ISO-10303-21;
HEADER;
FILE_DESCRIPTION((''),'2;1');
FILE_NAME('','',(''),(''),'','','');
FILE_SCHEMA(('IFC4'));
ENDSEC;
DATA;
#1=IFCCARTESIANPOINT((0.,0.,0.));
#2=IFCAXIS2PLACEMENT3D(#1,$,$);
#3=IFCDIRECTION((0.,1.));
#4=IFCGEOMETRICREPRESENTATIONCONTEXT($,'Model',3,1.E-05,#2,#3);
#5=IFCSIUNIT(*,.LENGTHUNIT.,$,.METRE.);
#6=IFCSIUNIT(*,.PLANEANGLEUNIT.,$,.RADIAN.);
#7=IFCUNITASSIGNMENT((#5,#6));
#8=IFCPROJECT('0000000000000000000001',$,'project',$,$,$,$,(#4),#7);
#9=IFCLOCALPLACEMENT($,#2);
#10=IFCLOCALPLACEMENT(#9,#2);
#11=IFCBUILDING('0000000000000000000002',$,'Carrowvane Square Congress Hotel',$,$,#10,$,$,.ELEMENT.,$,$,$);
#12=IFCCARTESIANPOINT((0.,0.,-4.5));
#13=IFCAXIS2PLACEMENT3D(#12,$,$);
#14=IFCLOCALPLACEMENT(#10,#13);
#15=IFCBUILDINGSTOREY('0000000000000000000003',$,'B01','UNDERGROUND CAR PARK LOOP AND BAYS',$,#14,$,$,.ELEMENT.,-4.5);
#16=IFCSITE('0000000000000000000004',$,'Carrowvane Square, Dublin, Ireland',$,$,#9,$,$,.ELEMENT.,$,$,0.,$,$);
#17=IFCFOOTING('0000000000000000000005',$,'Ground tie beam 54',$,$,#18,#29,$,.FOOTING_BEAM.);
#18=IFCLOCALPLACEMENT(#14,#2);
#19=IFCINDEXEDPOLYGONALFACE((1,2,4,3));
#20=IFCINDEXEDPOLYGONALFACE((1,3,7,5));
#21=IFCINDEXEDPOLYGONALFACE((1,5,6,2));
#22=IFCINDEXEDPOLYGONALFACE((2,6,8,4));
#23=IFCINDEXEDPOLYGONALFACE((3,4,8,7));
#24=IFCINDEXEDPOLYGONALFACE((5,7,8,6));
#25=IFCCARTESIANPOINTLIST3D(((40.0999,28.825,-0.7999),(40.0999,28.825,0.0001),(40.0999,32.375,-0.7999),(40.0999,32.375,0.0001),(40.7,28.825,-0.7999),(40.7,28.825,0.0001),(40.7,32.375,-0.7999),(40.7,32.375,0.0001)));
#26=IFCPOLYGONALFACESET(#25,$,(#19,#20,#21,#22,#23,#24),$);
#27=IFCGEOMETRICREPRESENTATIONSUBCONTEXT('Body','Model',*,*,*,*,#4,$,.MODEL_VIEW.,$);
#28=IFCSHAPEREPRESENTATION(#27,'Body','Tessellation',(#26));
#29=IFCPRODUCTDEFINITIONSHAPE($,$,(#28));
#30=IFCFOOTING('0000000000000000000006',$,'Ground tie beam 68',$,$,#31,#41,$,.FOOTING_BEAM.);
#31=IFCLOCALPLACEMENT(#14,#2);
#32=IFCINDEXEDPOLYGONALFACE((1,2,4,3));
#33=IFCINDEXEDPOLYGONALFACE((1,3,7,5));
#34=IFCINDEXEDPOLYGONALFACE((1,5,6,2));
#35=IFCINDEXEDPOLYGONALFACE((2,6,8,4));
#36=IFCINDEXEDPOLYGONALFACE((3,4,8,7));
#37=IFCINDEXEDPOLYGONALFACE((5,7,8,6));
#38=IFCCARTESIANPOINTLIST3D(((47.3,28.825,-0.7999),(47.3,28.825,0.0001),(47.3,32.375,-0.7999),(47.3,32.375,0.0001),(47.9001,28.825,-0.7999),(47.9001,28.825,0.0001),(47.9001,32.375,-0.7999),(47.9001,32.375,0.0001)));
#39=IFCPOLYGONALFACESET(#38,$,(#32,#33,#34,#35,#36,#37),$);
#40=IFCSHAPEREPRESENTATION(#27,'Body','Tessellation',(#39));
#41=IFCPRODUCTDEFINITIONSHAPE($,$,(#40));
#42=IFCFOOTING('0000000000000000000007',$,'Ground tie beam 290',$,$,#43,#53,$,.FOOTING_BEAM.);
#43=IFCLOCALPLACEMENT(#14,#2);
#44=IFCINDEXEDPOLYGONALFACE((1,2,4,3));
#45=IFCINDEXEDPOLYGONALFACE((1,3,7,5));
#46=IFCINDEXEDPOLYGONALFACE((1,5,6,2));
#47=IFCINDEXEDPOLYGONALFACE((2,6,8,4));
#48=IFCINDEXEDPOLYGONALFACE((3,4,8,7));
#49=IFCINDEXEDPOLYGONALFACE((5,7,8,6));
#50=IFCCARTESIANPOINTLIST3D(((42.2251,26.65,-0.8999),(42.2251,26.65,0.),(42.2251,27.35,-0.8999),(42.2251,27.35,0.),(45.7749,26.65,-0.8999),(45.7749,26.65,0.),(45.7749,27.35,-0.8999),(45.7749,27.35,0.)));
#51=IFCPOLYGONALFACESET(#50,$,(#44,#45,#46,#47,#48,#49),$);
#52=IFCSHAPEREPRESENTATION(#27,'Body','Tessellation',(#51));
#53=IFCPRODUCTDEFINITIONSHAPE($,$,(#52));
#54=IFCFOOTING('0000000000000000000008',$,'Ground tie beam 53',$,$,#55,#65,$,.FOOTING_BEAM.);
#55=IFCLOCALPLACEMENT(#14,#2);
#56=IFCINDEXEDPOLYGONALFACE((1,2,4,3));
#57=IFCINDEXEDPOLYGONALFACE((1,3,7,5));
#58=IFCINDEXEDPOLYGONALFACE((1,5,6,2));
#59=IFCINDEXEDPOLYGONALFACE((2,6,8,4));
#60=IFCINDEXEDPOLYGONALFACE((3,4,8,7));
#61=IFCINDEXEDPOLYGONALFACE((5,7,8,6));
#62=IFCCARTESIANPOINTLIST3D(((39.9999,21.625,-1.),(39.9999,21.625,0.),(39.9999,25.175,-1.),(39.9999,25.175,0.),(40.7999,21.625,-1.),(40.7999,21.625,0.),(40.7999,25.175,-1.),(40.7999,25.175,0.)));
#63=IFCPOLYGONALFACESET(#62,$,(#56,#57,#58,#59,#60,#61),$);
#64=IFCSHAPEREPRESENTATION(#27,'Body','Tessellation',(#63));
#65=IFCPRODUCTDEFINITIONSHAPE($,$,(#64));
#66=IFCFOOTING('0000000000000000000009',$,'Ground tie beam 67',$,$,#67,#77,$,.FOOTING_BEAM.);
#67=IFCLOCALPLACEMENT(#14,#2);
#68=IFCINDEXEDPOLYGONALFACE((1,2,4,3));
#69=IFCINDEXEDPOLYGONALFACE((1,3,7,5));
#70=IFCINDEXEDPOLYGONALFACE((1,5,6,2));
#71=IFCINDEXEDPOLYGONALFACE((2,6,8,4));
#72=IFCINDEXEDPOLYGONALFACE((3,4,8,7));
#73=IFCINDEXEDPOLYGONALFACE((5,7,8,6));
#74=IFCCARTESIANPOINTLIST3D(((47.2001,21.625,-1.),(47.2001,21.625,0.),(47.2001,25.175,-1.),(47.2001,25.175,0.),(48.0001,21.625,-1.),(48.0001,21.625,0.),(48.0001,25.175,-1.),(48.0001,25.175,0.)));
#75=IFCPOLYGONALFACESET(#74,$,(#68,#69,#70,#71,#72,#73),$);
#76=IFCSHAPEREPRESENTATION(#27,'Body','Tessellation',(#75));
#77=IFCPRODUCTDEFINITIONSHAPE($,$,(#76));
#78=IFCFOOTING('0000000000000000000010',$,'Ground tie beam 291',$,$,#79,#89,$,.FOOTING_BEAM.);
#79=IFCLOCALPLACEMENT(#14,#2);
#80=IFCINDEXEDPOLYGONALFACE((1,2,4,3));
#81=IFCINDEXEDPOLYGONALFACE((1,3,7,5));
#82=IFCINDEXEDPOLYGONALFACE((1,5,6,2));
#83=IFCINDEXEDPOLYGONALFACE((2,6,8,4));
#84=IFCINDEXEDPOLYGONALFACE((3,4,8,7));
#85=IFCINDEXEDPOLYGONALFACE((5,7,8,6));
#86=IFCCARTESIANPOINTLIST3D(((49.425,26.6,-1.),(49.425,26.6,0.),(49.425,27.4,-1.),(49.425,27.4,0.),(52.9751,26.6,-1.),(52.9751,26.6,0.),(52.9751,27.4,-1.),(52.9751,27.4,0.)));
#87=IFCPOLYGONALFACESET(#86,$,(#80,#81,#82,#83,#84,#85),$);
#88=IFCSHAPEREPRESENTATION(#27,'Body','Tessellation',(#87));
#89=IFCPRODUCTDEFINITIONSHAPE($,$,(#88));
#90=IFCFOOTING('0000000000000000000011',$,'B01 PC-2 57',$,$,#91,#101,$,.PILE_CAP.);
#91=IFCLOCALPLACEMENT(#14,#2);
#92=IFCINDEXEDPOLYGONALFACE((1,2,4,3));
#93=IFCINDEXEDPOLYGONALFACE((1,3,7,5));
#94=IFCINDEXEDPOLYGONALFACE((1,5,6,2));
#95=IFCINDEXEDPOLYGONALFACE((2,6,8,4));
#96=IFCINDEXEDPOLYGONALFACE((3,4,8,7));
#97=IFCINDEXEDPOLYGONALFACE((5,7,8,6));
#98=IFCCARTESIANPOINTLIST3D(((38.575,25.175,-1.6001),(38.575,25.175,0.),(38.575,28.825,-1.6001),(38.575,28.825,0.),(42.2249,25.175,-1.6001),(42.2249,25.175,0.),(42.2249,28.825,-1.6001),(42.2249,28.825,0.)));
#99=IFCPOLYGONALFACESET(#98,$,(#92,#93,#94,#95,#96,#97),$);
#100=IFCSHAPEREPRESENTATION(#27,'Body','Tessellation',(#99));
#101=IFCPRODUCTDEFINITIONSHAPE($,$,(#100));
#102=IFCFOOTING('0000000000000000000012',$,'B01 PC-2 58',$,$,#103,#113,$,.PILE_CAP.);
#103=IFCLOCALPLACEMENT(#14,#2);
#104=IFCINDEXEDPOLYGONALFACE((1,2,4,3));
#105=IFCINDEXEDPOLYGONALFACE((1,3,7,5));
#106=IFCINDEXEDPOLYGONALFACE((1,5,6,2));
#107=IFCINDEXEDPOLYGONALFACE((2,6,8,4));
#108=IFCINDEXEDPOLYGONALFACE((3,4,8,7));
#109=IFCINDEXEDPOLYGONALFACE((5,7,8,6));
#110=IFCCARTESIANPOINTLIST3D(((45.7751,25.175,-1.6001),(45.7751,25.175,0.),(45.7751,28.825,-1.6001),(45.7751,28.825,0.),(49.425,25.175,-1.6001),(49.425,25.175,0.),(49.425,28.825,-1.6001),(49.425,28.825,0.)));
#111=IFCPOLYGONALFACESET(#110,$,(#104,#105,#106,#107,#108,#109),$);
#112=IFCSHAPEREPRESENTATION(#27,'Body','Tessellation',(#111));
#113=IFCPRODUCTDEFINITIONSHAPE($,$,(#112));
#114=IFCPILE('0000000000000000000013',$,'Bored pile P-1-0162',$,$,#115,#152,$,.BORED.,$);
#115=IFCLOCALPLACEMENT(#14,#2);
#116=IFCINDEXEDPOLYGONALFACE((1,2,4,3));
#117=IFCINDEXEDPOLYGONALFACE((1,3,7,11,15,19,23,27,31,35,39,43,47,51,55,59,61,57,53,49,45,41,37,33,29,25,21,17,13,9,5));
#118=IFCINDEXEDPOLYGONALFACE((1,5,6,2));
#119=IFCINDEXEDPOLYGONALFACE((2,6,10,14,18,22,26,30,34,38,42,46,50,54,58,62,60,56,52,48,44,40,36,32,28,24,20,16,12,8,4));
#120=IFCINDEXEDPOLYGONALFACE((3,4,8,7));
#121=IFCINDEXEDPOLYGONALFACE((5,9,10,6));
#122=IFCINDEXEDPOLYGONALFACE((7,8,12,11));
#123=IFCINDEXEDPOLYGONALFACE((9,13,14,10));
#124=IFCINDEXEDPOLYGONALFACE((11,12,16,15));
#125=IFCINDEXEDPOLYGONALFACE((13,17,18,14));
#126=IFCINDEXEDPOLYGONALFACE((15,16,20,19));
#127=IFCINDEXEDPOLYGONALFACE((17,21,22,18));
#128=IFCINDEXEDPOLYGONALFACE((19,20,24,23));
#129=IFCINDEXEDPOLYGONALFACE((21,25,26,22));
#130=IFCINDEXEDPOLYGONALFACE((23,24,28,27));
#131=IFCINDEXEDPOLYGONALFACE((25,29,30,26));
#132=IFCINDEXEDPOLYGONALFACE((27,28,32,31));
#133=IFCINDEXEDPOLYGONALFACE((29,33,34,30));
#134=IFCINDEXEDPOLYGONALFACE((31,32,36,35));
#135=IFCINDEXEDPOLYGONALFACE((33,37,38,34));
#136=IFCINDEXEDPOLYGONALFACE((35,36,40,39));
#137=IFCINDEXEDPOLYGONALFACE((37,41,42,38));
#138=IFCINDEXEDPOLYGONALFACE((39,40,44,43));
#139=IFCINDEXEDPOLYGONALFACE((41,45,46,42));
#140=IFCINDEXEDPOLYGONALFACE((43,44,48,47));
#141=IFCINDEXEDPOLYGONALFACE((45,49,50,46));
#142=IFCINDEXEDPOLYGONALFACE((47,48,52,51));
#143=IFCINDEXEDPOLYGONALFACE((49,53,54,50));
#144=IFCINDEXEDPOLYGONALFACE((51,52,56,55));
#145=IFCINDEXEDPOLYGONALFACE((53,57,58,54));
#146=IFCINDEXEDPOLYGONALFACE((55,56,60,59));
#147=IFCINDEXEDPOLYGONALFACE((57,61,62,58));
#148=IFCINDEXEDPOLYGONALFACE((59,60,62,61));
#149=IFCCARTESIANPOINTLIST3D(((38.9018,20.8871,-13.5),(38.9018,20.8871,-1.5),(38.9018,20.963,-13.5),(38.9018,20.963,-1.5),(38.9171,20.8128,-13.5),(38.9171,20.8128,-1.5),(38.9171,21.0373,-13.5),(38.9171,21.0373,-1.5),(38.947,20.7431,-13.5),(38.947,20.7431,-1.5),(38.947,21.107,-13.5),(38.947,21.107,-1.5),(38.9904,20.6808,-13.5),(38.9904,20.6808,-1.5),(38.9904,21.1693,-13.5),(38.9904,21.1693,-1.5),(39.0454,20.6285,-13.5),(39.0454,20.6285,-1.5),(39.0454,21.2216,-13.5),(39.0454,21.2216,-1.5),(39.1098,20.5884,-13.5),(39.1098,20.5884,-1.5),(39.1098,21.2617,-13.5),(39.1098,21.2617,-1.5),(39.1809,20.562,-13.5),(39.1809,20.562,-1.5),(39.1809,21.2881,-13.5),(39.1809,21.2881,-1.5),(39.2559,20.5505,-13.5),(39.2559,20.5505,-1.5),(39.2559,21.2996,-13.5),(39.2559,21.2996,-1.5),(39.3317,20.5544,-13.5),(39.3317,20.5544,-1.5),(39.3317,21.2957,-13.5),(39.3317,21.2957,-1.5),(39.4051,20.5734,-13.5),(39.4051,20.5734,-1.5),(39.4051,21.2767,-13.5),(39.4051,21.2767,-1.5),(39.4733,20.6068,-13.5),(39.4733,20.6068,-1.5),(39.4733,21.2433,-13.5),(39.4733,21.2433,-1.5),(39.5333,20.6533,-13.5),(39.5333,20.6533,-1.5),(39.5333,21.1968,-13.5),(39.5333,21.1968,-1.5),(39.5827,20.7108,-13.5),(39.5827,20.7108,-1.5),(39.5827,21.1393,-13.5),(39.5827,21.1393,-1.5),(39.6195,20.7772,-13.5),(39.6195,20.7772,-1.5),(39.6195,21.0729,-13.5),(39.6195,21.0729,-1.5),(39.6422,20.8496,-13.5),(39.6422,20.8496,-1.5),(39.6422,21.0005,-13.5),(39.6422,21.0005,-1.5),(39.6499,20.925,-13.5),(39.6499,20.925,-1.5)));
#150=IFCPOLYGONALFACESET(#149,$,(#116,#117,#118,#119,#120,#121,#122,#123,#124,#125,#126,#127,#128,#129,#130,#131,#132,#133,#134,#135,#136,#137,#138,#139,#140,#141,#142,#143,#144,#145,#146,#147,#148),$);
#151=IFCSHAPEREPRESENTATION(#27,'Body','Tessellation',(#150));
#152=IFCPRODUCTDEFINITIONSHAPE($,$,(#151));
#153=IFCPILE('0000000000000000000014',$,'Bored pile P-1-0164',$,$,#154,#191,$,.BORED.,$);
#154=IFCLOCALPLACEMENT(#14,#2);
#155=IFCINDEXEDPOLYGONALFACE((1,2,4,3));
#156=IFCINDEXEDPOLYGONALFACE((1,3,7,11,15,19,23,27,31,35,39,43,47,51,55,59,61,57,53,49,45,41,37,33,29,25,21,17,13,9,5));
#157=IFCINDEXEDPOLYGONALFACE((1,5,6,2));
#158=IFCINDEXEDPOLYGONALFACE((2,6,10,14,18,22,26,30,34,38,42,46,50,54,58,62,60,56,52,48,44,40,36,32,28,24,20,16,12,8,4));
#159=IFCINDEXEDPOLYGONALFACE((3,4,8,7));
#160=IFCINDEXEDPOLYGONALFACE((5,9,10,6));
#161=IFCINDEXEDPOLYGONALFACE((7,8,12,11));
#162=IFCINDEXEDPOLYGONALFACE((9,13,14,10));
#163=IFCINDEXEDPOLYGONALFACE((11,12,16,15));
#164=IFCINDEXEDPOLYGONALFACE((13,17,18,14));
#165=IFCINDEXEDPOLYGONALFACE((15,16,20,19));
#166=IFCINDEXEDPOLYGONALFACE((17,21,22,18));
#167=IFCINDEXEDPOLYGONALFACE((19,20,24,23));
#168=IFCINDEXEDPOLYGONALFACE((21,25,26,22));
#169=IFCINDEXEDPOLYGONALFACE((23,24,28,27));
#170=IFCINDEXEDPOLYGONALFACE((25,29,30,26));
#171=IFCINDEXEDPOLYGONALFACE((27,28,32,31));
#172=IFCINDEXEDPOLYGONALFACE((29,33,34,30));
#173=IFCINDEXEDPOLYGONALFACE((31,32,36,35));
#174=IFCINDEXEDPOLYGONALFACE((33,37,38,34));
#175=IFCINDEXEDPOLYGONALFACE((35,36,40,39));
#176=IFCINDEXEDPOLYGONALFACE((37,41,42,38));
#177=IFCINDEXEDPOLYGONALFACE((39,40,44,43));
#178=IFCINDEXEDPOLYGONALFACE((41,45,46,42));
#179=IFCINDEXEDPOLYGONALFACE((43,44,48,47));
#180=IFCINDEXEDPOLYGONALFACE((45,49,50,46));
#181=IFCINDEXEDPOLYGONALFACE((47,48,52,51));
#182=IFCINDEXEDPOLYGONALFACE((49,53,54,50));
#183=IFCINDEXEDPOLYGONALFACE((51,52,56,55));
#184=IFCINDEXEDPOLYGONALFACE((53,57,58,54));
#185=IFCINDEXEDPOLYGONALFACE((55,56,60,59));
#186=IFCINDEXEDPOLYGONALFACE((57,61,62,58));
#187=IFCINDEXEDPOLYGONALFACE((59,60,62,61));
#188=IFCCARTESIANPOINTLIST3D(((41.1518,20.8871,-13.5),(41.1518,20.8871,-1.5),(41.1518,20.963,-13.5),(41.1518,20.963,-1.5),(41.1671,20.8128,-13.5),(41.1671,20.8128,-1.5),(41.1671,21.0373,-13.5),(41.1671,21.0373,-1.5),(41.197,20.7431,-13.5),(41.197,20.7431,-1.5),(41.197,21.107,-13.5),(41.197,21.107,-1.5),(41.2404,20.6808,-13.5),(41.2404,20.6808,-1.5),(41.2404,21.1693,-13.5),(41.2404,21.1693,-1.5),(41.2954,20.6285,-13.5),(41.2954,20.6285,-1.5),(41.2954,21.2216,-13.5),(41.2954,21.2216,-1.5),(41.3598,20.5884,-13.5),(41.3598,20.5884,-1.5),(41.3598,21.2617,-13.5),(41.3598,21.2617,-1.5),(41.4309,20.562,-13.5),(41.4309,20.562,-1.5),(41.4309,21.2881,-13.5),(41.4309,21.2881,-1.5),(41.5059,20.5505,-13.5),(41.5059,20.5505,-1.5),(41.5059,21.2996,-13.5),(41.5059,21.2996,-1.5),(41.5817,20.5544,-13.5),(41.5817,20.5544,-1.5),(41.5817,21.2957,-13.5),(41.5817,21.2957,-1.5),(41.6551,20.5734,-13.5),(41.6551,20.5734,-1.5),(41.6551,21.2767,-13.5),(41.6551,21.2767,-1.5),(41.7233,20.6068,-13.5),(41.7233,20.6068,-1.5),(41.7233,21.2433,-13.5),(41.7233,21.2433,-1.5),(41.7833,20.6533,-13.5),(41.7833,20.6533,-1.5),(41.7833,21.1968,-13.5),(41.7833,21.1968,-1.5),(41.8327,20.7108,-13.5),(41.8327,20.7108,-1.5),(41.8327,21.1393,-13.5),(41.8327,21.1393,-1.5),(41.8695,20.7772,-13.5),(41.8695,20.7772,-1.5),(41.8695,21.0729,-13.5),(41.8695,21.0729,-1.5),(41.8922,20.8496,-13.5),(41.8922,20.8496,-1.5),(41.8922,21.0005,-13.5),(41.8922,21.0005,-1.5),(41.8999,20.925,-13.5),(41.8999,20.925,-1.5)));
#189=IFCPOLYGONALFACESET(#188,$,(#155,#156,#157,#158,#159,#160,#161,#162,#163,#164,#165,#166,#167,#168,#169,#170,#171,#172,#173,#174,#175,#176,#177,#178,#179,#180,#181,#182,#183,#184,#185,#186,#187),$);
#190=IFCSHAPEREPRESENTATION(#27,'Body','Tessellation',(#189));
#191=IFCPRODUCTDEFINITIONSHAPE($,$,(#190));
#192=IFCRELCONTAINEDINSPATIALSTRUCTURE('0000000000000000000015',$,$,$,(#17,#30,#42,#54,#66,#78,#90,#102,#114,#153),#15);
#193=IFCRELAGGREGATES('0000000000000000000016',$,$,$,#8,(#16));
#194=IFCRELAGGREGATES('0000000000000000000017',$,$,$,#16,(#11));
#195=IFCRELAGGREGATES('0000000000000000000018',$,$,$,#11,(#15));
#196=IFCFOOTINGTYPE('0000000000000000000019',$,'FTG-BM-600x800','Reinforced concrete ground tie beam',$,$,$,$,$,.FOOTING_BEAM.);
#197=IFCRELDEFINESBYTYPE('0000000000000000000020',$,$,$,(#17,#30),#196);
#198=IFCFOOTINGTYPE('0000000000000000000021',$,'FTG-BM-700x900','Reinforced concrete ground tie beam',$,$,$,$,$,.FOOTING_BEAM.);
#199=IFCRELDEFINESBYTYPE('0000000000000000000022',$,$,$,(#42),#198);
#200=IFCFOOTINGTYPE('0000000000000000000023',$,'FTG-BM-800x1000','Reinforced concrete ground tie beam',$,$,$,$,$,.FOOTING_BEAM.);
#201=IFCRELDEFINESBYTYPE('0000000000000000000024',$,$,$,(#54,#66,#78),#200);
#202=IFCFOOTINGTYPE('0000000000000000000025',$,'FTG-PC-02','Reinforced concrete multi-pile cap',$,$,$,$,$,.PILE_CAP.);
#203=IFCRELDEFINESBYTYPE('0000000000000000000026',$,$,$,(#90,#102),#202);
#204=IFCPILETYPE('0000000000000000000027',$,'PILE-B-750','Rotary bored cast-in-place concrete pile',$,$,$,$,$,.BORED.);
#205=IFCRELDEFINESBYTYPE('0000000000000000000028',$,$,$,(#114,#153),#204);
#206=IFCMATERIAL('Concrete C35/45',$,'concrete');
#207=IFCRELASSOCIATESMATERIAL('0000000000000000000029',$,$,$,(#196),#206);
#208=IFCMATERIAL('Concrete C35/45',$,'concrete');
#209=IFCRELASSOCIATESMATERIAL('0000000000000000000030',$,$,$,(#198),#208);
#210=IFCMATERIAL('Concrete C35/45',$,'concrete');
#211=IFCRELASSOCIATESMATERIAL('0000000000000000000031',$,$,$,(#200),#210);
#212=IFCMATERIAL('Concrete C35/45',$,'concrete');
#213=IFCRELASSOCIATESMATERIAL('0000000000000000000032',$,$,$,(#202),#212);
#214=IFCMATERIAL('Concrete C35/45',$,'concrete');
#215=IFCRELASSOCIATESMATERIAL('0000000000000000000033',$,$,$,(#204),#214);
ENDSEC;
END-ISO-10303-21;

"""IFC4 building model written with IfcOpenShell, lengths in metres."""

from ifc_helpers import new_model, si_unit, direction, frame, origin, origin_2d, place, context, subcontext, project, spatial, rectangle, circle, extrude, material, material_profile, profile_set, type_object, element, save


model = new_model("IFC4")

# Units and contexts
model_context = context("Model", 3, precision=1e-05, world=origin(), true_north=direction((0.0, 1.0)))
body_context = subcontext(model_context, "Body", "Model", "MODEL_VIEW")
ifc_project = project(units=[si_unit("LENGTHUNIT", "METRE"), si_unit("PLANEANGLEUNIT", "RADIAN")], contexts=[model_context])

# Site, building, storey
site_placement = place(None, origin())
site = spatial("IfcSite", under=ifc_project, at=site_placement, Name="Carrowvane Square, Dublin, Ireland", CompositionType="ELEMENT", RefElevation=0.0)
building_placement = place(site_placement, origin())
building = spatial("IfcBuilding", under=site, at=building_placement, Name="Carrowvane Square Congress Hotel", CompositionType="ELEMENT")
storey_placement = place(building_placement, frame((0.0, 0.0, -4.5)))
storey = spatial("IfcBuildingStorey", under=building, at=storey_placement, Name="B01", Description="UNDERGROUND CAR PARK LOOP AND BAYS", CompositionType="ELEMENT", Elevation=-4.5)

# Footings
ifc_material_1 = material(Name="Concrete C35/45", Category="concrete")
ifc_material_profile_1 = material_profile(ifc_material_1, rectangle(XDim=0.6001, YDim=0.8, at=origin_2d()), Name="RC 600x800")
ifc_profile_set_1 = profile_set([ifc_material_profile_1], Name="Concrete C35/45")
footing_type_1 = type_object("IfcFootingType", Name="FTG-BM-600x800", Description="Reinforced concrete ground tie beam", PredefinedType="FOOTING_BEAM", material=ifc_profile_set_1)
for number, where, z_axis, x_axis, name in (
    (1, (40.3999, 28.825, -0.3999), (0.0, 1.0, 0.0), (-1.0, 0.0, 0.0), "Ground tie beam 54"),
    (2, (47.6001, 28.825, -0.3999), (0.0, 1.0, 0.0), (-1.0, 0.0, 0.0), "Ground tie beam 68"),
):
    element("IfcFooting", number, at=place(storey_placement, frame(where, z_axis=z_axis, x_axis=x_axis)), inside=storey, type_object=footing_type_1, Name=name, PredefinedType="FOOTING_BEAM", context=body_context, shape_type="SweptSolid", body=[
        extrude(rectangle(XDim=0.6001, YDim=0.8, at=origin_2d()), origin(), (0.0, 0.0, 1.0), 3.55),
    ])
ifc_material_2 = material(Name="Concrete C35/45", Category="concrete")
ifc_material_profile_2 = material_profile(ifc_material_2, rectangle(XDim=0.7, YDim=0.8999, at=origin_2d()), Name="RC 700x900")
ifc_profile_set_2 = profile_set([ifc_material_profile_2], Name="Concrete C35/45")
footing_type_2 = type_object("IfcFootingType", Name="FTG-BM-700x900", Description="Reinforced concrete ground tie beam", PredefinedType="FOOTING_BEAM", material=ifc_profile_set_2)
footing_placement = place(storey_placement, frame((42.2251, 27.0, -0.45), z_axis=(1.0, 0.0, 0.0), x_axis=(0.0, 1.0, 0.0)))
element("IfcFooting", 3, at=footing_placement, inside=storey, type_object=footing_type_2, Name="Ground tie beam 290", PredefinedType="FOOTING_BEAM", context=body_context, shape_type="SweptSolid", body=[
    extrude(rectangle(XDim=0.7, YDim=0.8999, at=origin_2d()), origin(), (0.0, 0.0, 1.0), 3.5498),
])
ifc_material_3 = material(Name="Concrete C35/45", Category="concrete")
ifc_material_profile_3 = material_profile(ifc_material_3, rectangle(XDim=0.8, YDim=1.0, at=origin_2d()), Name="RC 800x1000")
ifc_profile_set_3 = profile_set([ifc_material_profile_3], Name="Concrete C35/45")
footing_type_3 = type_object("IfcFootingType", Name="FTG-BM-800x1000", Description="Reinforced concrete ground tie beam", PredefinedType="FOOTING_BEAM", material=ifc_profile_set_3)
for number, where, z_axis, x_axis, name in (
    (4, (40.3999, 21.625, -0.5), (0.0, 1.0, 0.0), (-1.0, 0.0, 0.0), "Ground tie beam 53"),
    (5, (47.6001, 21.625, -0.5), (0.0, 1.0, 0.0), (-1.0, 0.0, 0.0), "Ground tie beam 67"),
    (6, (49.425, 27.0, -0.5), (1.0, 0.0, 0.0), (0.0, 1.0, 0.0), "Ground tie beam 291"),
):
    element("IfcFooting", number, at=place(storey_placement, frame(where, z_axis=z_axis, x_axis=x_axis)), inside=storey, type_object=footing_type_3, Name=name, PredefinedType="FOOTING_BEAM", context=body_context, shape_type="SweptSolid", body=[
        extrude(rectangle(XDim=0.8, YDim=1.0, at=origin_2d()), origin(), (0.0, 0.0, 1.0), 3.55),
    ])
ifc_material_4 = material(Name="Concrete C35/45", Category="concrete")
footing_type_4 = type_object("IfcFootingType", Name="FTG-PC-02", Description="Reinforced concrete multi-pile cap", PredefinedType="PILE_CAP", material=ifc_material_4)
for number, where, z_axis, x_axis, name in (
    (7, (40.3999, 27.0, -1.6001), (0.0, 0.0, 1.0), (1.0, 0.0, 0.0), "B01 PC-2 57"),
    (8, (47.6001, 27.0, -1.6001), (0.0, 0.0, 1.0), (1.0, 0.0, 0.0), "B01 PC-2 58"),
):
    element("IfcFooting", number, at=place(storey_placement, frame(where, z_axis=z_axis, x_axis=x_axis)), inside=storey, type_object=footing_type_4, Name=name, PredefinedType="PILE_CAP", context=body_context, shape_type="SweptSolid", body=[
        extrude(rectangle(XDim=3.6499, YDim=3.6499, at=origin_2d()), origin(), (0.0, 0.0, 1.0), 1.6001),
    ])

# Piles
ifc_material_5 = material(Name="Concrete C35/45", Category="concrete")
ifc_material_profile_4 = material_profile(ifc_material_5, circle(Radius=0.375, at=origin_2d()), Name="PILE D750")
ifc_profile_set_4 = profile_set([ifc_material_profile_4], Name="Concrete C35/45")
pile_type = type_object("IfcPileType", Name="PILE-B-750", Description="Rotary bored cast-in-place concrete pile", PredefinedType="BORED", material=ifc_profile_set_4)
for number, where, z_axis, x_axis, name in (
    (9, (39.2749, 20.925, -1.5), (0.0, 0.0, -1.0), (1.0, 0.0, 0.0), "Bored pile P-1-0162"),
    (10, (41.5249, 20.925, -1.5), (0.0, 0.0, -1.0), (1.0, 0.0, 0.0), "Bored pile P-1-0164"),
):
    element("IfcPile", number, at=place(storey_placement, frame(where, z_axis=z_axis, x_axis=x_axis)), inside=storey, type_object=pile_type, Name=name, PredefinedType="BORED", context=body_context, shape_type="SweptSolid", body=[
        extrude(circle(Radius=0.375, at=origin_2d()), origin(), (0.0, 0.0, 1.0), 12.0),
    ])

save(model, "model.ifc")
